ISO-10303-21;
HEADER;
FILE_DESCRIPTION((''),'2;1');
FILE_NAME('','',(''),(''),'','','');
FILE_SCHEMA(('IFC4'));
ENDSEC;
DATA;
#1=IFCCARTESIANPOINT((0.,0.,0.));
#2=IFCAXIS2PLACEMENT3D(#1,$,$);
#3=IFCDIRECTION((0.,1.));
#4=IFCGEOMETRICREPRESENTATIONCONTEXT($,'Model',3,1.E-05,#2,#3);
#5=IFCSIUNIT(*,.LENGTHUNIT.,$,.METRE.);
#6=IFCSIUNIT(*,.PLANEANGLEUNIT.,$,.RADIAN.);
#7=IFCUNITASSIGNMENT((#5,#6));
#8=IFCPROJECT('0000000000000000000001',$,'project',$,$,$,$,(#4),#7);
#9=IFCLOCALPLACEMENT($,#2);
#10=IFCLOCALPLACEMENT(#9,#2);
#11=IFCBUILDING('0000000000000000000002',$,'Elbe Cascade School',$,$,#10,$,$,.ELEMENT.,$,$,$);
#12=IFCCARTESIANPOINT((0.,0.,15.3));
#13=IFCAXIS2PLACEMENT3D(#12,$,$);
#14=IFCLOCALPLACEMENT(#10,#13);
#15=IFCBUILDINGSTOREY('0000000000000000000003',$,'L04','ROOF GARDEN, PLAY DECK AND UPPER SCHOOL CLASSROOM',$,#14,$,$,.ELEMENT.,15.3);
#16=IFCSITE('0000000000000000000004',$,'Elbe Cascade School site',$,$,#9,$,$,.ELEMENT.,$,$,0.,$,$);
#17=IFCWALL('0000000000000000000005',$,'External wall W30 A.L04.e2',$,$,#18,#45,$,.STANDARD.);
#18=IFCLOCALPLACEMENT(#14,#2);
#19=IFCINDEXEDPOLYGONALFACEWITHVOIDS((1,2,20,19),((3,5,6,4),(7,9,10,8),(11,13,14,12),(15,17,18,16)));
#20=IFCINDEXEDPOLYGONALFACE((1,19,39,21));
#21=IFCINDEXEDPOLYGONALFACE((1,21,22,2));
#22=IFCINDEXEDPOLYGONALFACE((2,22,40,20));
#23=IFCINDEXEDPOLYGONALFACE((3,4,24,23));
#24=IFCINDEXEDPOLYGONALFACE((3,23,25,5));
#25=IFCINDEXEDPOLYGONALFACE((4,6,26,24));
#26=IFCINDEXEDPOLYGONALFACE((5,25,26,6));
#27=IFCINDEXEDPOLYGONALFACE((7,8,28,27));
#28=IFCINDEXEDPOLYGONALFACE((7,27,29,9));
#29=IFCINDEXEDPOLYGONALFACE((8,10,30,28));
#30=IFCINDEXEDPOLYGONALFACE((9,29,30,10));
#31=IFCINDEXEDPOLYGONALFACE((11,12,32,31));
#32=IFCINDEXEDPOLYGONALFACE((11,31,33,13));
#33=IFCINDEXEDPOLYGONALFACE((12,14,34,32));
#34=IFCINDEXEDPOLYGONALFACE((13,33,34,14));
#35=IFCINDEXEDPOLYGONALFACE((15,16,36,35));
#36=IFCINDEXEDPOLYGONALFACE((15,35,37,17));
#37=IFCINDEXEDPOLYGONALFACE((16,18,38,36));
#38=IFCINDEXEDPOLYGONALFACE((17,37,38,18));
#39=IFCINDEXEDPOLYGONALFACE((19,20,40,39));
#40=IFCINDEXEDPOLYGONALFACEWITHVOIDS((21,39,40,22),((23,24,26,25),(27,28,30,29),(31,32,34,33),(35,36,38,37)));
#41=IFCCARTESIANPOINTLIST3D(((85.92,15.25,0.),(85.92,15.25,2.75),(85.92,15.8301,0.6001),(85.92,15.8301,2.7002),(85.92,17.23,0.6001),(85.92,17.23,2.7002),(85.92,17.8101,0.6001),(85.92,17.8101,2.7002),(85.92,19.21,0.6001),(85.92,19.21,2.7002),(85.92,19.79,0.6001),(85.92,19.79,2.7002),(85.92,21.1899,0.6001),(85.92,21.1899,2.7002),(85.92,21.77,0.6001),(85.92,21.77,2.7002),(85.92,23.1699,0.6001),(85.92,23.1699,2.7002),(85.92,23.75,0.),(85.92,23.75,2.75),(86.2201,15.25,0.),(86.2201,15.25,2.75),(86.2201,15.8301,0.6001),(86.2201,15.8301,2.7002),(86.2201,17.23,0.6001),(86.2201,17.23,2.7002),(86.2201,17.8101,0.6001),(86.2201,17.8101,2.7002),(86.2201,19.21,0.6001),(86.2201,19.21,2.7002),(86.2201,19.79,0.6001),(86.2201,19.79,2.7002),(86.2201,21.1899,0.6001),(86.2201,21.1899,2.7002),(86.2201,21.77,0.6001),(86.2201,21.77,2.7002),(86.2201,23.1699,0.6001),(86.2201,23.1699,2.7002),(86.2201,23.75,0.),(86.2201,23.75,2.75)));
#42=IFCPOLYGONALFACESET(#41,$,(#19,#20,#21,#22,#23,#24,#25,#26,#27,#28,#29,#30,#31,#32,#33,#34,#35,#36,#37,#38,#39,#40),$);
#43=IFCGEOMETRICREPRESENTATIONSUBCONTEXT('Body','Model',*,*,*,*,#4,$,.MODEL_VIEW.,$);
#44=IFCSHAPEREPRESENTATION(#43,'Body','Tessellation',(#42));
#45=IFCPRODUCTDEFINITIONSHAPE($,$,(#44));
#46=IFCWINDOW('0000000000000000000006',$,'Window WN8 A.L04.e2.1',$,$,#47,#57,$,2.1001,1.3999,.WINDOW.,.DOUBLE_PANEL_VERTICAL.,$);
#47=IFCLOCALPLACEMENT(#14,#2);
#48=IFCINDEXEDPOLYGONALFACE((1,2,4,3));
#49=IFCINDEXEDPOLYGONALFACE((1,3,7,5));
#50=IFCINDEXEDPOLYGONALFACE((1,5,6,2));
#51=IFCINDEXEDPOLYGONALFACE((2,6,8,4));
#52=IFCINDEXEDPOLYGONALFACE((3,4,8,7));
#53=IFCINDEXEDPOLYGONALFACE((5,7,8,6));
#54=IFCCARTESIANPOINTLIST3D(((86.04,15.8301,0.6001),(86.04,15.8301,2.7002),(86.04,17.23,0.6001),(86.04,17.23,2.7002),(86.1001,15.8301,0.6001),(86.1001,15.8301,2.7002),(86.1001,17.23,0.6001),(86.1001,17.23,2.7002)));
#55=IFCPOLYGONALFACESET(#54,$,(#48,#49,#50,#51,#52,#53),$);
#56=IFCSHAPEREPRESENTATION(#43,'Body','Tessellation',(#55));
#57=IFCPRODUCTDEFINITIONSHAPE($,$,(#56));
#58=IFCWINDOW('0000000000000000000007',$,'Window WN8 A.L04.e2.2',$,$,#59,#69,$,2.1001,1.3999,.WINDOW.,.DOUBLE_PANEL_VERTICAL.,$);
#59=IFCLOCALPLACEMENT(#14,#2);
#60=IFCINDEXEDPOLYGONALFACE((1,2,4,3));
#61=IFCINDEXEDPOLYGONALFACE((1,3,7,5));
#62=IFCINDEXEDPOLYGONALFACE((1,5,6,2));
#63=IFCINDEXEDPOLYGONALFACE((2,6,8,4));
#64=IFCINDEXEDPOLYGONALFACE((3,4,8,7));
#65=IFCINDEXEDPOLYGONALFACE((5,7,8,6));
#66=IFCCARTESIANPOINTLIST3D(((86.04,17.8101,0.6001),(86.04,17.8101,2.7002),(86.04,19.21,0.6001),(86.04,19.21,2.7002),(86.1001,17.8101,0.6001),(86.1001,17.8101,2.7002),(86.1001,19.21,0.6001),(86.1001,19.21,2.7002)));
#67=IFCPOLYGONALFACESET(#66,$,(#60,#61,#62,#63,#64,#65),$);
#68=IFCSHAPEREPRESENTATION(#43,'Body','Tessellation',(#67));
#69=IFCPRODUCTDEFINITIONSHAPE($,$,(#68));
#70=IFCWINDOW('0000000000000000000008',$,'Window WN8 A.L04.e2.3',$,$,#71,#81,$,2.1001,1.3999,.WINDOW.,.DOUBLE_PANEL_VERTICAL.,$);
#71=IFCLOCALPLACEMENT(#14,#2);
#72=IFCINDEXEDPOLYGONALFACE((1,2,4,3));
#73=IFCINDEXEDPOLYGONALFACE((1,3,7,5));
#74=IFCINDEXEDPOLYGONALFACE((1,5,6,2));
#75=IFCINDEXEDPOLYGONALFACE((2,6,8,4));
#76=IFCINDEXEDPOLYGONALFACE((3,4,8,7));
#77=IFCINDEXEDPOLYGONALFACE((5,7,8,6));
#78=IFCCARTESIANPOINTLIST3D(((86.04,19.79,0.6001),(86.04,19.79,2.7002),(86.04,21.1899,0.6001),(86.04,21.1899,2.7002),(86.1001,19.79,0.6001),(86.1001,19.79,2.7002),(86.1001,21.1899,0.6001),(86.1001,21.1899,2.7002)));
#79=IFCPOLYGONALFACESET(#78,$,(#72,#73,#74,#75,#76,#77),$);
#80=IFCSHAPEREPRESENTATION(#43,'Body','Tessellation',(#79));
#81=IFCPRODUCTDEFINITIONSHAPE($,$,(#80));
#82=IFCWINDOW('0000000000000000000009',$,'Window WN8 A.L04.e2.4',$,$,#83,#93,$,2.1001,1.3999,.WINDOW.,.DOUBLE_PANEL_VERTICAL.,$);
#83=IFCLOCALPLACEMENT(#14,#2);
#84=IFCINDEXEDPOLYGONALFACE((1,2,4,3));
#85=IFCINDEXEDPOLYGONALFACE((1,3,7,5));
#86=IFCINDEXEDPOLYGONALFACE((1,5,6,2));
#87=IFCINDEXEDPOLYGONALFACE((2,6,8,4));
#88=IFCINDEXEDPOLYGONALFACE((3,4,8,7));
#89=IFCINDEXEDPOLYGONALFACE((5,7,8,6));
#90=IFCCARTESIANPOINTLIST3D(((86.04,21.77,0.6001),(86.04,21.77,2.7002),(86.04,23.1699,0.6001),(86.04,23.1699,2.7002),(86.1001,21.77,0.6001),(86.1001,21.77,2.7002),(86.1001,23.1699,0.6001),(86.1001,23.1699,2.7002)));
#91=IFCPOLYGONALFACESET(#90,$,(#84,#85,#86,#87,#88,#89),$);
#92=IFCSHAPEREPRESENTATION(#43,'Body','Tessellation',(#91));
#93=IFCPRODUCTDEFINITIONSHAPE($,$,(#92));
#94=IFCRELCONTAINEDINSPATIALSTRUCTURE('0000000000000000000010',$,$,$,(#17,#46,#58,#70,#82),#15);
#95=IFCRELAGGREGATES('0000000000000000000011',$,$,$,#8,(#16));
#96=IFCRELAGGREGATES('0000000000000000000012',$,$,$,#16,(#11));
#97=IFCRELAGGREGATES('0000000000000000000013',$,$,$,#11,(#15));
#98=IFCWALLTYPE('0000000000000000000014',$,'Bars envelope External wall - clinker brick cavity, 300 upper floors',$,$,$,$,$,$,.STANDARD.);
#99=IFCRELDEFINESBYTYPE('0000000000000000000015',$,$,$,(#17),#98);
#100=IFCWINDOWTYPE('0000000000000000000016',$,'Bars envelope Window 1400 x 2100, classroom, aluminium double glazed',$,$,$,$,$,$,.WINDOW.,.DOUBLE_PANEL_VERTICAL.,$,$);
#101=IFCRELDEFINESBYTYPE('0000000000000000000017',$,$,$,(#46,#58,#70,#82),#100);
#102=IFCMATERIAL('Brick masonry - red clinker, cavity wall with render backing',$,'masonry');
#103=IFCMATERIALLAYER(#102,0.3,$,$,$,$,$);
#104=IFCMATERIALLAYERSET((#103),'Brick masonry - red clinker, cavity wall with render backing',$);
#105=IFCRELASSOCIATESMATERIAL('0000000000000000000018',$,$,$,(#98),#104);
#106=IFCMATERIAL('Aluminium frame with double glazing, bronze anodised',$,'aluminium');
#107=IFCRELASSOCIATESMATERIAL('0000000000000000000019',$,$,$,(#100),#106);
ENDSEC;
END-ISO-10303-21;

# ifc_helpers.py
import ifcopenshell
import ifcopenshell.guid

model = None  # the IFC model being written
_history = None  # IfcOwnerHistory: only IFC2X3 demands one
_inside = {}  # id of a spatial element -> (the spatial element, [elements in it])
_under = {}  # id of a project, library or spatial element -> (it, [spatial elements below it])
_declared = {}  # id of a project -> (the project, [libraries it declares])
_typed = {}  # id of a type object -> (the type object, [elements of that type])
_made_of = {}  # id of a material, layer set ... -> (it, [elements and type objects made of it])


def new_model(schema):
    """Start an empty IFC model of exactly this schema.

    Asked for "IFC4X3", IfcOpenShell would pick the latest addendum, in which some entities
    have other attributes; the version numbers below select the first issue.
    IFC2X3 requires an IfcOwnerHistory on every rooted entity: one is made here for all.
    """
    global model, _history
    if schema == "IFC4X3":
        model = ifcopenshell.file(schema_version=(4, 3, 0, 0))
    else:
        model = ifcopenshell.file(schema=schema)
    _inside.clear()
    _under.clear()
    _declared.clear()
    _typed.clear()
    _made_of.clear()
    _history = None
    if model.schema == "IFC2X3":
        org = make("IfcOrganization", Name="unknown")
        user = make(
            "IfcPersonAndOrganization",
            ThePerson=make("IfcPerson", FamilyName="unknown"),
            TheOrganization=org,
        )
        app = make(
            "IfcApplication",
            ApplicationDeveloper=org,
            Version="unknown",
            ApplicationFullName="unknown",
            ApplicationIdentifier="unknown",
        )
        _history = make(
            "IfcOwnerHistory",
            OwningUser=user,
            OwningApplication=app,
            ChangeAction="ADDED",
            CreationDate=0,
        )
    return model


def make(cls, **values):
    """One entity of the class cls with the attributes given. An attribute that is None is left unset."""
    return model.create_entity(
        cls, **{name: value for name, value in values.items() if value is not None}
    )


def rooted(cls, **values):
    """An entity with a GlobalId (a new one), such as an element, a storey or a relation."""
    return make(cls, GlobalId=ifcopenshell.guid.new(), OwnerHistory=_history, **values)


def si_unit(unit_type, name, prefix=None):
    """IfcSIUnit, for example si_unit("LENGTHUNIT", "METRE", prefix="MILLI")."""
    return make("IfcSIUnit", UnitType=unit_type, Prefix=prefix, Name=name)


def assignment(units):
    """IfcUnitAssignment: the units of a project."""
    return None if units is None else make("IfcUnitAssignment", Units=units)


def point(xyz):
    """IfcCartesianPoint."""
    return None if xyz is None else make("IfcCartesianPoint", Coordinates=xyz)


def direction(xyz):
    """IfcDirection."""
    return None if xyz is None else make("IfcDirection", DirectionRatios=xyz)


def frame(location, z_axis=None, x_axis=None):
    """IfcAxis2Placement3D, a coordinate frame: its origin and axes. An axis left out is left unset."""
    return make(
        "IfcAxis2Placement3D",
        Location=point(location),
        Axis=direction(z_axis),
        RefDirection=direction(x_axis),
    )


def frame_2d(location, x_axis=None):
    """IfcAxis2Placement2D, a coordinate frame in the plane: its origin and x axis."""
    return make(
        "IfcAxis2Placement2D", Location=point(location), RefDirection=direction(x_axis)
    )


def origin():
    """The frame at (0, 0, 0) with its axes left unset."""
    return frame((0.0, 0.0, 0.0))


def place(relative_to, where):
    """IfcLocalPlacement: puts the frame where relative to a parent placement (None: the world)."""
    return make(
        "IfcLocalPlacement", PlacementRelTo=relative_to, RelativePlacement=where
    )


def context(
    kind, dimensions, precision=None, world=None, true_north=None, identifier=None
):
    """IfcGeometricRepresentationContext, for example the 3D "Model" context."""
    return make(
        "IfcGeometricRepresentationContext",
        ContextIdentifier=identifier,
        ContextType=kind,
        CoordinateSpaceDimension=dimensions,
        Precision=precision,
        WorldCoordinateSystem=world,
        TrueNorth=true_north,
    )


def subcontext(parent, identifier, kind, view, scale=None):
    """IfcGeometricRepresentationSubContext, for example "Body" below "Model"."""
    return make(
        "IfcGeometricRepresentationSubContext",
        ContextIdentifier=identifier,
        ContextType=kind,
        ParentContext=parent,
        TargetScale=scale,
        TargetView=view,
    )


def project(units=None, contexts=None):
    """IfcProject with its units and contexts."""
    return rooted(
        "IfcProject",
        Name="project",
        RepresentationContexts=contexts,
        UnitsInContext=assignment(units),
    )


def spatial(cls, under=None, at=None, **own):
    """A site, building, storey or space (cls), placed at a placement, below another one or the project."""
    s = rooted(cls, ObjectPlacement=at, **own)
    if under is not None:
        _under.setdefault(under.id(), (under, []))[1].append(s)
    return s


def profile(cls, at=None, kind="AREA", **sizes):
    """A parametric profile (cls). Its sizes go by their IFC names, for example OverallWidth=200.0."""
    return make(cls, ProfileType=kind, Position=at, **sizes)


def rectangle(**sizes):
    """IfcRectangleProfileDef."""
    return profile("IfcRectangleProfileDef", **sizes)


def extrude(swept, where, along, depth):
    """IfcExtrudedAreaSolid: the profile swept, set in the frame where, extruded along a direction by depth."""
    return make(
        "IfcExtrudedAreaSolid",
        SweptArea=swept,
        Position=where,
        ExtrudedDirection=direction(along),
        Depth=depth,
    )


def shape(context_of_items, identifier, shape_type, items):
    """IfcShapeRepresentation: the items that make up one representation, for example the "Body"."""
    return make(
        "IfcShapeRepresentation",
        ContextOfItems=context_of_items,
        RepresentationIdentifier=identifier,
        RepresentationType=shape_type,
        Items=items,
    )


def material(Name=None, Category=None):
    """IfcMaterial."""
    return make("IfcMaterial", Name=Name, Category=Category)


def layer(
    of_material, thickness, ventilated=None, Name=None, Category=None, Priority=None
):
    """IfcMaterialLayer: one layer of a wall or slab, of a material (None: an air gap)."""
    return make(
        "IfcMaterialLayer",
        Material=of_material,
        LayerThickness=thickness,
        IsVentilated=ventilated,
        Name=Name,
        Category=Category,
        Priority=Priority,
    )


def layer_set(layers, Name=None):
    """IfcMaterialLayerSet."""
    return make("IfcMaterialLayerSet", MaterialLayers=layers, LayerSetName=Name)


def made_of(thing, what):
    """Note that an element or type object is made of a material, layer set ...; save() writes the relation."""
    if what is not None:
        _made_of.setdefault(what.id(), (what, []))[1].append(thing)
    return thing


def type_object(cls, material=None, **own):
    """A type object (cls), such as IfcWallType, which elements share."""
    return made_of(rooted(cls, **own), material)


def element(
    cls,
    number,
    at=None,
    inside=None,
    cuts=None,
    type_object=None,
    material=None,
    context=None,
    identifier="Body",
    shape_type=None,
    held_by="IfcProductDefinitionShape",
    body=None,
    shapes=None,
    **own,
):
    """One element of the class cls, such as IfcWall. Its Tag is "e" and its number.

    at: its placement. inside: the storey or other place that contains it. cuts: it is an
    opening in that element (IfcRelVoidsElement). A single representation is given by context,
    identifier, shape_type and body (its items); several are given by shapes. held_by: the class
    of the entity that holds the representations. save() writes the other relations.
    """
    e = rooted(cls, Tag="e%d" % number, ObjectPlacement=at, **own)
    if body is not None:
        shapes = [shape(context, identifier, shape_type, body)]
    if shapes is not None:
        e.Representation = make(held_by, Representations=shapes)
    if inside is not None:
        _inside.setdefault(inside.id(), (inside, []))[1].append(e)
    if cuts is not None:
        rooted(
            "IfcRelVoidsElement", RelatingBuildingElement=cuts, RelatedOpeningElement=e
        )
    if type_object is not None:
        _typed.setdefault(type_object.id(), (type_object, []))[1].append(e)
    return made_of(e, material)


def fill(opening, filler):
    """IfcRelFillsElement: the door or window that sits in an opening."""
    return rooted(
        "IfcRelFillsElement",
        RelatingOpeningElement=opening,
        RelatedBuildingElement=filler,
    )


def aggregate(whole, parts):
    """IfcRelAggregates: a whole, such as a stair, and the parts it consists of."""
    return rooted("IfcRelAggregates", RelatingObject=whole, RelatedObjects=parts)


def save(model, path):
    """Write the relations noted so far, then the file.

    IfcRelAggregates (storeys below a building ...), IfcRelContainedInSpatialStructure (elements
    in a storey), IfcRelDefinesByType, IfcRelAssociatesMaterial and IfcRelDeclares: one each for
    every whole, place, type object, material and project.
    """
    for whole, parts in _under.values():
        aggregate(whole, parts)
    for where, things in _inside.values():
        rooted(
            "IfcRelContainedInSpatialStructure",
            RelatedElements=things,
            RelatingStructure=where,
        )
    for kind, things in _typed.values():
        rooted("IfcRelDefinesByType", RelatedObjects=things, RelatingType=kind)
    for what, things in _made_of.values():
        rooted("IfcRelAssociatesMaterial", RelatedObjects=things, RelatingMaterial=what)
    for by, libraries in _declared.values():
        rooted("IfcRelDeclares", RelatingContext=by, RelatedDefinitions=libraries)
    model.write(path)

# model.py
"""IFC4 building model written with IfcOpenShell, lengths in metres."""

from ifc_helpers import new_model, si_unit, direction, frame, frame_2d, origin, place, context, subcontext, project, spatial, rectangle, extrude, material, layer, layer_set, type_object, element, fill, save


model = new_model("IFC4")

# Units and contexts
model_context = context("Model", 3, precision=1e-05, world=origin(), true_north=direction((0.0, 1.0)))
body_context = subcontext(model_context, "Body", "Model", "MODEL_VIEW")
ifc_project = project(units=[si_unit("LENGTHUNIT", "METRE"), si_unit("PLANEANGLEUNIT", "RADIAN")], contexts=[model_context])

# Site, building, storey
site_placement = place(None, origin())
site = spatial("IfcSite", under=ifc_project, at=site_placement, Name="Elbe Cascade School site", CompositionType="ELEMENT", RefElevation=0.0)
building_placement = place(site_placement, origin())
building = spatial("IfcBuilding", under=site, at=building_placement, Name="Elbe Cascade School", CompositionType="ELEMENT")
storey_placement = place(building_placement, frame((0.0, 0.0, 15.3)))
storey = spatial("IfcBuildingStorey", under=building, at=storey_placement, Name="L04", Description="ROOF GARDEN, PLAY DECK AND UPPER SCHOOL CLASSROOM", CompositionType="ELEMENT", Elevation=15.3)

# Wall, openings, windows
ifc_material_1 = material(Name="Brick masonry - red clinker, cavity wall with render backing", Category="masonry")
ifc_layer_1 = layer(ifc_material_1, 0.3)
ifc_layer_set_1 = layer_set([ifc_layer_1], Name="Brick masonry - red clinker, cavity wall with render backing")
wall_type_1 = type_object("IfcWallType", Name="Bars envelope External wall - clinker brick cavity, 300 upper floors", PredefinedType="STANDARD", material=ifc_layer_set_1)
ifc_material_2 = material(Name="Aluminium frame with double glazing, bronze anodised", Category="aluminium")
window_type = type_object("IfcWindowType", Name="Bars envelope Window 1400 x 2100, classroom, aluminium double glazed", PartitioningType="DOUBLE_PANEL_VERTICAL", PredefinedType="WINDOW", material=ifc_material_2)
wall_1_placement = place(storey_placement, frame((86.0701, 23.75, 0.0), z_axis=(0.0, 0.0, 1.0), x_axis=(0.0, -1.0, 0.0)))
wall_1 = element("IfcWall", 1, at=wall_1_placement, inside=storey, type_object=wall_type_1, Name="External wall W30 A.L04.e2", PredefinedType="STANDARD", context=body_context, shape_type="SweptSolid", body=[
    extrude(rectangle(XDim=8.5, YDim=0.3, at=frame_2d((4.25, 0.0))), origin(), (0.0, 0.0, 1.0), 2.75),
])
opening_1_placement = place(wall_1_placement, frame((6.52, 0.0, 0.6001)))
opening_1 = element("IfcOpeningElement", 2, at=opening_1_placement, cuts=wall_1, PredefinedType="OPENING", context=body_context, shape_type="SweptSolid", body=[
    extrude(rectangle(XDim=1.3999, YDim=2.1001, at=frame_2d((0.7, 1.05))), frame((0.0, 0.1599, 0.0), z_axis=(0.0, -1.0, 0.0), x_axis=(1.0, 0.0, 0.0)), (0.0, 0.0, 1.0), 0.3201),
])
opening_2_placement = place(wall_1_placement, frame((4.54, 0.0, 0.6001)))
opening_2 = element("IfcOpeningElement", 3, at=opening_2_placement, cuts=wall_1, PredefinedType="OPENING", context=body_context, shape_type="SweptSolid", body=[
    extrude(rectangle(XDim=1.3999, YDim=2.1001, at=frame_2d((0.7, 1.05))), frame((0.0, 0.1599, 0.0), z_axis=(0.0, -1.0, 0.0), x_axis=(1.0, 0.0, 0.0)), (0.0, 0.0, 1.0), 0.3201),
])
opening_3_placement = place(wall_1_placement, frame((2.5601, 0.0, 0.6001)))
opening_3 = element("IfcOpeningElement", 4, at=opening_3_placement, cuts=wall_1, PredefinedType="OPENING", context=body_context, shape_type="SweptSolid", body=[
    extrude(rectangle(XDim=1.3999, YDim=2.1001, at=frame_2d((0.7, 1.05))), frame((0.0, 0.1599, 0.0), z_axis=(0.0, -1.0, 0.0), x_axis=(1.0, 0.0, 0.0)), (0.0, 0.0, 1.0), 0.3201),
])
opening_4_placement = place(wall_1_placement, frame((0.5801, 0.0, 0.6001)))
opening_4 = element("IfcOpeningElement", 5, at=opening_4_placement, cuts=wall_1, PredefinedType="OPENING", context=body_context, shape_type="SweptSolid", body=[
    extrude(rectangle(XDim=1.3999, YDim=2.1001, at=frame_2d((0.7, 1.05))), frame((0.0, 0.1599, 0.0), z_axis=(0.0, -1.0, 0.0), x_axis=(1.0, 0.0, 0.0)), (0.0, 0.0, 1.0), 0.3201),
])
window_1_placement = place(opening_1_placement, origin())
window_1 = element("IfcWindow", 6, at=window_1_placement, inside=storey, type_object=window_type, Name="Window WN8 A.L04.e2.1", OverallHeight=2.1001, OverallWidth=1.3999, PartitioningType="DOUBLE_PANEL_VERTICAL", PredefinedType="WINDOW", context=body_context, shape_type="SweptSolid", body=[
    extrude(rectangle(XDim=1.3999, YDim=2.1001, at=frame_2d((0.7, 1.05))), frame((0.0, 0.03, 0.0), z_axis=(0.0, -1.0, 0.0), x_axis=(1.0, 0.0, 0.0)), (0.0, 0.0, 1.0), 0.0601),
])
fill(opening_1, window_1)
window_2_placement = place(opening_2_placement, origin())
window_2 = element("IfcWindow", 7, at=window_2_placement, inside=storey, type_object=window_type, Name="Window WN8 A.L04.e2.2", OverallHeight=2.1001, OverallWidth=1.3999, PartitioningType="DOUBLE_PANEL_VERTICAL", PredefinedType="WINDOW", context=body_context, shape_type="SweptSolid", body=[
    extrude(rectangle(XDim=1.3999, YDim=2.1001, at=frame_2d((0.7, 1.05))), frame((0.0, 0.03, 0.0), z_axis=(0.0, -1.0, 0.0), x_axis=(1.0, 0.0, 0.0)), (0.0, 0.0, 1.0), 0.0601),
])
fill(opening_2, window_2)
window_3_placement = place(opening_3_placement, origin())
window_3 = element("IfcWindow", 8, at=window_3_placement, inside=storey, type_object=window_type, Name="Window WN8 A.L04.e2.3", OverallHeight=2.1001, OverallWidth=1.3999, PartitioningType="DOUBLE_PANEL_VERTICAL", PredefinedType="WINDOW", context=body_context, shape_type="SweptSolid", body=[
    extrude(rectangle(XDim=1.3999, YDim=2.1001, at=frame_2d((0.7, 1.05))), frame((0.0, 0.03, 0.0), z_axis=(0.0, -1.0, 0.0), x_axis=(1.0, 0.0, 0.0)), (0.0, 0.0, 1.0), 0.0601),
])
fill(opening_3, window_3)
window_4_placement = place(opening_4_placement, origin())
window_4 = element("IfcWindow", 9, at=window_4_placement, inside=storey, type_object=window_type, Name="Window WN8 A.L04.e2.4", OverallHeight=2.1001, OverallWidth=1.3999, PartitioningType="DOUBLE_PANEL_VERTICAL", PredefinedType="WINDOW", context=body_context, shape_type="SweptSolid", body=[
    extrude(rectangle(XDim=1.3999, YDim=2.1001, at=frame_2d((0.7, 1.05))), frame((0.0, 0.03, 0.0), z_axis=(0.0, -1.0, 0.0), x_axis=(1.0, 0.0, 0.0)), (0.0, 0.0, 1.0), 0.0601),
])
fill(opening_4, window_4)

save(model, "model.ifc")
